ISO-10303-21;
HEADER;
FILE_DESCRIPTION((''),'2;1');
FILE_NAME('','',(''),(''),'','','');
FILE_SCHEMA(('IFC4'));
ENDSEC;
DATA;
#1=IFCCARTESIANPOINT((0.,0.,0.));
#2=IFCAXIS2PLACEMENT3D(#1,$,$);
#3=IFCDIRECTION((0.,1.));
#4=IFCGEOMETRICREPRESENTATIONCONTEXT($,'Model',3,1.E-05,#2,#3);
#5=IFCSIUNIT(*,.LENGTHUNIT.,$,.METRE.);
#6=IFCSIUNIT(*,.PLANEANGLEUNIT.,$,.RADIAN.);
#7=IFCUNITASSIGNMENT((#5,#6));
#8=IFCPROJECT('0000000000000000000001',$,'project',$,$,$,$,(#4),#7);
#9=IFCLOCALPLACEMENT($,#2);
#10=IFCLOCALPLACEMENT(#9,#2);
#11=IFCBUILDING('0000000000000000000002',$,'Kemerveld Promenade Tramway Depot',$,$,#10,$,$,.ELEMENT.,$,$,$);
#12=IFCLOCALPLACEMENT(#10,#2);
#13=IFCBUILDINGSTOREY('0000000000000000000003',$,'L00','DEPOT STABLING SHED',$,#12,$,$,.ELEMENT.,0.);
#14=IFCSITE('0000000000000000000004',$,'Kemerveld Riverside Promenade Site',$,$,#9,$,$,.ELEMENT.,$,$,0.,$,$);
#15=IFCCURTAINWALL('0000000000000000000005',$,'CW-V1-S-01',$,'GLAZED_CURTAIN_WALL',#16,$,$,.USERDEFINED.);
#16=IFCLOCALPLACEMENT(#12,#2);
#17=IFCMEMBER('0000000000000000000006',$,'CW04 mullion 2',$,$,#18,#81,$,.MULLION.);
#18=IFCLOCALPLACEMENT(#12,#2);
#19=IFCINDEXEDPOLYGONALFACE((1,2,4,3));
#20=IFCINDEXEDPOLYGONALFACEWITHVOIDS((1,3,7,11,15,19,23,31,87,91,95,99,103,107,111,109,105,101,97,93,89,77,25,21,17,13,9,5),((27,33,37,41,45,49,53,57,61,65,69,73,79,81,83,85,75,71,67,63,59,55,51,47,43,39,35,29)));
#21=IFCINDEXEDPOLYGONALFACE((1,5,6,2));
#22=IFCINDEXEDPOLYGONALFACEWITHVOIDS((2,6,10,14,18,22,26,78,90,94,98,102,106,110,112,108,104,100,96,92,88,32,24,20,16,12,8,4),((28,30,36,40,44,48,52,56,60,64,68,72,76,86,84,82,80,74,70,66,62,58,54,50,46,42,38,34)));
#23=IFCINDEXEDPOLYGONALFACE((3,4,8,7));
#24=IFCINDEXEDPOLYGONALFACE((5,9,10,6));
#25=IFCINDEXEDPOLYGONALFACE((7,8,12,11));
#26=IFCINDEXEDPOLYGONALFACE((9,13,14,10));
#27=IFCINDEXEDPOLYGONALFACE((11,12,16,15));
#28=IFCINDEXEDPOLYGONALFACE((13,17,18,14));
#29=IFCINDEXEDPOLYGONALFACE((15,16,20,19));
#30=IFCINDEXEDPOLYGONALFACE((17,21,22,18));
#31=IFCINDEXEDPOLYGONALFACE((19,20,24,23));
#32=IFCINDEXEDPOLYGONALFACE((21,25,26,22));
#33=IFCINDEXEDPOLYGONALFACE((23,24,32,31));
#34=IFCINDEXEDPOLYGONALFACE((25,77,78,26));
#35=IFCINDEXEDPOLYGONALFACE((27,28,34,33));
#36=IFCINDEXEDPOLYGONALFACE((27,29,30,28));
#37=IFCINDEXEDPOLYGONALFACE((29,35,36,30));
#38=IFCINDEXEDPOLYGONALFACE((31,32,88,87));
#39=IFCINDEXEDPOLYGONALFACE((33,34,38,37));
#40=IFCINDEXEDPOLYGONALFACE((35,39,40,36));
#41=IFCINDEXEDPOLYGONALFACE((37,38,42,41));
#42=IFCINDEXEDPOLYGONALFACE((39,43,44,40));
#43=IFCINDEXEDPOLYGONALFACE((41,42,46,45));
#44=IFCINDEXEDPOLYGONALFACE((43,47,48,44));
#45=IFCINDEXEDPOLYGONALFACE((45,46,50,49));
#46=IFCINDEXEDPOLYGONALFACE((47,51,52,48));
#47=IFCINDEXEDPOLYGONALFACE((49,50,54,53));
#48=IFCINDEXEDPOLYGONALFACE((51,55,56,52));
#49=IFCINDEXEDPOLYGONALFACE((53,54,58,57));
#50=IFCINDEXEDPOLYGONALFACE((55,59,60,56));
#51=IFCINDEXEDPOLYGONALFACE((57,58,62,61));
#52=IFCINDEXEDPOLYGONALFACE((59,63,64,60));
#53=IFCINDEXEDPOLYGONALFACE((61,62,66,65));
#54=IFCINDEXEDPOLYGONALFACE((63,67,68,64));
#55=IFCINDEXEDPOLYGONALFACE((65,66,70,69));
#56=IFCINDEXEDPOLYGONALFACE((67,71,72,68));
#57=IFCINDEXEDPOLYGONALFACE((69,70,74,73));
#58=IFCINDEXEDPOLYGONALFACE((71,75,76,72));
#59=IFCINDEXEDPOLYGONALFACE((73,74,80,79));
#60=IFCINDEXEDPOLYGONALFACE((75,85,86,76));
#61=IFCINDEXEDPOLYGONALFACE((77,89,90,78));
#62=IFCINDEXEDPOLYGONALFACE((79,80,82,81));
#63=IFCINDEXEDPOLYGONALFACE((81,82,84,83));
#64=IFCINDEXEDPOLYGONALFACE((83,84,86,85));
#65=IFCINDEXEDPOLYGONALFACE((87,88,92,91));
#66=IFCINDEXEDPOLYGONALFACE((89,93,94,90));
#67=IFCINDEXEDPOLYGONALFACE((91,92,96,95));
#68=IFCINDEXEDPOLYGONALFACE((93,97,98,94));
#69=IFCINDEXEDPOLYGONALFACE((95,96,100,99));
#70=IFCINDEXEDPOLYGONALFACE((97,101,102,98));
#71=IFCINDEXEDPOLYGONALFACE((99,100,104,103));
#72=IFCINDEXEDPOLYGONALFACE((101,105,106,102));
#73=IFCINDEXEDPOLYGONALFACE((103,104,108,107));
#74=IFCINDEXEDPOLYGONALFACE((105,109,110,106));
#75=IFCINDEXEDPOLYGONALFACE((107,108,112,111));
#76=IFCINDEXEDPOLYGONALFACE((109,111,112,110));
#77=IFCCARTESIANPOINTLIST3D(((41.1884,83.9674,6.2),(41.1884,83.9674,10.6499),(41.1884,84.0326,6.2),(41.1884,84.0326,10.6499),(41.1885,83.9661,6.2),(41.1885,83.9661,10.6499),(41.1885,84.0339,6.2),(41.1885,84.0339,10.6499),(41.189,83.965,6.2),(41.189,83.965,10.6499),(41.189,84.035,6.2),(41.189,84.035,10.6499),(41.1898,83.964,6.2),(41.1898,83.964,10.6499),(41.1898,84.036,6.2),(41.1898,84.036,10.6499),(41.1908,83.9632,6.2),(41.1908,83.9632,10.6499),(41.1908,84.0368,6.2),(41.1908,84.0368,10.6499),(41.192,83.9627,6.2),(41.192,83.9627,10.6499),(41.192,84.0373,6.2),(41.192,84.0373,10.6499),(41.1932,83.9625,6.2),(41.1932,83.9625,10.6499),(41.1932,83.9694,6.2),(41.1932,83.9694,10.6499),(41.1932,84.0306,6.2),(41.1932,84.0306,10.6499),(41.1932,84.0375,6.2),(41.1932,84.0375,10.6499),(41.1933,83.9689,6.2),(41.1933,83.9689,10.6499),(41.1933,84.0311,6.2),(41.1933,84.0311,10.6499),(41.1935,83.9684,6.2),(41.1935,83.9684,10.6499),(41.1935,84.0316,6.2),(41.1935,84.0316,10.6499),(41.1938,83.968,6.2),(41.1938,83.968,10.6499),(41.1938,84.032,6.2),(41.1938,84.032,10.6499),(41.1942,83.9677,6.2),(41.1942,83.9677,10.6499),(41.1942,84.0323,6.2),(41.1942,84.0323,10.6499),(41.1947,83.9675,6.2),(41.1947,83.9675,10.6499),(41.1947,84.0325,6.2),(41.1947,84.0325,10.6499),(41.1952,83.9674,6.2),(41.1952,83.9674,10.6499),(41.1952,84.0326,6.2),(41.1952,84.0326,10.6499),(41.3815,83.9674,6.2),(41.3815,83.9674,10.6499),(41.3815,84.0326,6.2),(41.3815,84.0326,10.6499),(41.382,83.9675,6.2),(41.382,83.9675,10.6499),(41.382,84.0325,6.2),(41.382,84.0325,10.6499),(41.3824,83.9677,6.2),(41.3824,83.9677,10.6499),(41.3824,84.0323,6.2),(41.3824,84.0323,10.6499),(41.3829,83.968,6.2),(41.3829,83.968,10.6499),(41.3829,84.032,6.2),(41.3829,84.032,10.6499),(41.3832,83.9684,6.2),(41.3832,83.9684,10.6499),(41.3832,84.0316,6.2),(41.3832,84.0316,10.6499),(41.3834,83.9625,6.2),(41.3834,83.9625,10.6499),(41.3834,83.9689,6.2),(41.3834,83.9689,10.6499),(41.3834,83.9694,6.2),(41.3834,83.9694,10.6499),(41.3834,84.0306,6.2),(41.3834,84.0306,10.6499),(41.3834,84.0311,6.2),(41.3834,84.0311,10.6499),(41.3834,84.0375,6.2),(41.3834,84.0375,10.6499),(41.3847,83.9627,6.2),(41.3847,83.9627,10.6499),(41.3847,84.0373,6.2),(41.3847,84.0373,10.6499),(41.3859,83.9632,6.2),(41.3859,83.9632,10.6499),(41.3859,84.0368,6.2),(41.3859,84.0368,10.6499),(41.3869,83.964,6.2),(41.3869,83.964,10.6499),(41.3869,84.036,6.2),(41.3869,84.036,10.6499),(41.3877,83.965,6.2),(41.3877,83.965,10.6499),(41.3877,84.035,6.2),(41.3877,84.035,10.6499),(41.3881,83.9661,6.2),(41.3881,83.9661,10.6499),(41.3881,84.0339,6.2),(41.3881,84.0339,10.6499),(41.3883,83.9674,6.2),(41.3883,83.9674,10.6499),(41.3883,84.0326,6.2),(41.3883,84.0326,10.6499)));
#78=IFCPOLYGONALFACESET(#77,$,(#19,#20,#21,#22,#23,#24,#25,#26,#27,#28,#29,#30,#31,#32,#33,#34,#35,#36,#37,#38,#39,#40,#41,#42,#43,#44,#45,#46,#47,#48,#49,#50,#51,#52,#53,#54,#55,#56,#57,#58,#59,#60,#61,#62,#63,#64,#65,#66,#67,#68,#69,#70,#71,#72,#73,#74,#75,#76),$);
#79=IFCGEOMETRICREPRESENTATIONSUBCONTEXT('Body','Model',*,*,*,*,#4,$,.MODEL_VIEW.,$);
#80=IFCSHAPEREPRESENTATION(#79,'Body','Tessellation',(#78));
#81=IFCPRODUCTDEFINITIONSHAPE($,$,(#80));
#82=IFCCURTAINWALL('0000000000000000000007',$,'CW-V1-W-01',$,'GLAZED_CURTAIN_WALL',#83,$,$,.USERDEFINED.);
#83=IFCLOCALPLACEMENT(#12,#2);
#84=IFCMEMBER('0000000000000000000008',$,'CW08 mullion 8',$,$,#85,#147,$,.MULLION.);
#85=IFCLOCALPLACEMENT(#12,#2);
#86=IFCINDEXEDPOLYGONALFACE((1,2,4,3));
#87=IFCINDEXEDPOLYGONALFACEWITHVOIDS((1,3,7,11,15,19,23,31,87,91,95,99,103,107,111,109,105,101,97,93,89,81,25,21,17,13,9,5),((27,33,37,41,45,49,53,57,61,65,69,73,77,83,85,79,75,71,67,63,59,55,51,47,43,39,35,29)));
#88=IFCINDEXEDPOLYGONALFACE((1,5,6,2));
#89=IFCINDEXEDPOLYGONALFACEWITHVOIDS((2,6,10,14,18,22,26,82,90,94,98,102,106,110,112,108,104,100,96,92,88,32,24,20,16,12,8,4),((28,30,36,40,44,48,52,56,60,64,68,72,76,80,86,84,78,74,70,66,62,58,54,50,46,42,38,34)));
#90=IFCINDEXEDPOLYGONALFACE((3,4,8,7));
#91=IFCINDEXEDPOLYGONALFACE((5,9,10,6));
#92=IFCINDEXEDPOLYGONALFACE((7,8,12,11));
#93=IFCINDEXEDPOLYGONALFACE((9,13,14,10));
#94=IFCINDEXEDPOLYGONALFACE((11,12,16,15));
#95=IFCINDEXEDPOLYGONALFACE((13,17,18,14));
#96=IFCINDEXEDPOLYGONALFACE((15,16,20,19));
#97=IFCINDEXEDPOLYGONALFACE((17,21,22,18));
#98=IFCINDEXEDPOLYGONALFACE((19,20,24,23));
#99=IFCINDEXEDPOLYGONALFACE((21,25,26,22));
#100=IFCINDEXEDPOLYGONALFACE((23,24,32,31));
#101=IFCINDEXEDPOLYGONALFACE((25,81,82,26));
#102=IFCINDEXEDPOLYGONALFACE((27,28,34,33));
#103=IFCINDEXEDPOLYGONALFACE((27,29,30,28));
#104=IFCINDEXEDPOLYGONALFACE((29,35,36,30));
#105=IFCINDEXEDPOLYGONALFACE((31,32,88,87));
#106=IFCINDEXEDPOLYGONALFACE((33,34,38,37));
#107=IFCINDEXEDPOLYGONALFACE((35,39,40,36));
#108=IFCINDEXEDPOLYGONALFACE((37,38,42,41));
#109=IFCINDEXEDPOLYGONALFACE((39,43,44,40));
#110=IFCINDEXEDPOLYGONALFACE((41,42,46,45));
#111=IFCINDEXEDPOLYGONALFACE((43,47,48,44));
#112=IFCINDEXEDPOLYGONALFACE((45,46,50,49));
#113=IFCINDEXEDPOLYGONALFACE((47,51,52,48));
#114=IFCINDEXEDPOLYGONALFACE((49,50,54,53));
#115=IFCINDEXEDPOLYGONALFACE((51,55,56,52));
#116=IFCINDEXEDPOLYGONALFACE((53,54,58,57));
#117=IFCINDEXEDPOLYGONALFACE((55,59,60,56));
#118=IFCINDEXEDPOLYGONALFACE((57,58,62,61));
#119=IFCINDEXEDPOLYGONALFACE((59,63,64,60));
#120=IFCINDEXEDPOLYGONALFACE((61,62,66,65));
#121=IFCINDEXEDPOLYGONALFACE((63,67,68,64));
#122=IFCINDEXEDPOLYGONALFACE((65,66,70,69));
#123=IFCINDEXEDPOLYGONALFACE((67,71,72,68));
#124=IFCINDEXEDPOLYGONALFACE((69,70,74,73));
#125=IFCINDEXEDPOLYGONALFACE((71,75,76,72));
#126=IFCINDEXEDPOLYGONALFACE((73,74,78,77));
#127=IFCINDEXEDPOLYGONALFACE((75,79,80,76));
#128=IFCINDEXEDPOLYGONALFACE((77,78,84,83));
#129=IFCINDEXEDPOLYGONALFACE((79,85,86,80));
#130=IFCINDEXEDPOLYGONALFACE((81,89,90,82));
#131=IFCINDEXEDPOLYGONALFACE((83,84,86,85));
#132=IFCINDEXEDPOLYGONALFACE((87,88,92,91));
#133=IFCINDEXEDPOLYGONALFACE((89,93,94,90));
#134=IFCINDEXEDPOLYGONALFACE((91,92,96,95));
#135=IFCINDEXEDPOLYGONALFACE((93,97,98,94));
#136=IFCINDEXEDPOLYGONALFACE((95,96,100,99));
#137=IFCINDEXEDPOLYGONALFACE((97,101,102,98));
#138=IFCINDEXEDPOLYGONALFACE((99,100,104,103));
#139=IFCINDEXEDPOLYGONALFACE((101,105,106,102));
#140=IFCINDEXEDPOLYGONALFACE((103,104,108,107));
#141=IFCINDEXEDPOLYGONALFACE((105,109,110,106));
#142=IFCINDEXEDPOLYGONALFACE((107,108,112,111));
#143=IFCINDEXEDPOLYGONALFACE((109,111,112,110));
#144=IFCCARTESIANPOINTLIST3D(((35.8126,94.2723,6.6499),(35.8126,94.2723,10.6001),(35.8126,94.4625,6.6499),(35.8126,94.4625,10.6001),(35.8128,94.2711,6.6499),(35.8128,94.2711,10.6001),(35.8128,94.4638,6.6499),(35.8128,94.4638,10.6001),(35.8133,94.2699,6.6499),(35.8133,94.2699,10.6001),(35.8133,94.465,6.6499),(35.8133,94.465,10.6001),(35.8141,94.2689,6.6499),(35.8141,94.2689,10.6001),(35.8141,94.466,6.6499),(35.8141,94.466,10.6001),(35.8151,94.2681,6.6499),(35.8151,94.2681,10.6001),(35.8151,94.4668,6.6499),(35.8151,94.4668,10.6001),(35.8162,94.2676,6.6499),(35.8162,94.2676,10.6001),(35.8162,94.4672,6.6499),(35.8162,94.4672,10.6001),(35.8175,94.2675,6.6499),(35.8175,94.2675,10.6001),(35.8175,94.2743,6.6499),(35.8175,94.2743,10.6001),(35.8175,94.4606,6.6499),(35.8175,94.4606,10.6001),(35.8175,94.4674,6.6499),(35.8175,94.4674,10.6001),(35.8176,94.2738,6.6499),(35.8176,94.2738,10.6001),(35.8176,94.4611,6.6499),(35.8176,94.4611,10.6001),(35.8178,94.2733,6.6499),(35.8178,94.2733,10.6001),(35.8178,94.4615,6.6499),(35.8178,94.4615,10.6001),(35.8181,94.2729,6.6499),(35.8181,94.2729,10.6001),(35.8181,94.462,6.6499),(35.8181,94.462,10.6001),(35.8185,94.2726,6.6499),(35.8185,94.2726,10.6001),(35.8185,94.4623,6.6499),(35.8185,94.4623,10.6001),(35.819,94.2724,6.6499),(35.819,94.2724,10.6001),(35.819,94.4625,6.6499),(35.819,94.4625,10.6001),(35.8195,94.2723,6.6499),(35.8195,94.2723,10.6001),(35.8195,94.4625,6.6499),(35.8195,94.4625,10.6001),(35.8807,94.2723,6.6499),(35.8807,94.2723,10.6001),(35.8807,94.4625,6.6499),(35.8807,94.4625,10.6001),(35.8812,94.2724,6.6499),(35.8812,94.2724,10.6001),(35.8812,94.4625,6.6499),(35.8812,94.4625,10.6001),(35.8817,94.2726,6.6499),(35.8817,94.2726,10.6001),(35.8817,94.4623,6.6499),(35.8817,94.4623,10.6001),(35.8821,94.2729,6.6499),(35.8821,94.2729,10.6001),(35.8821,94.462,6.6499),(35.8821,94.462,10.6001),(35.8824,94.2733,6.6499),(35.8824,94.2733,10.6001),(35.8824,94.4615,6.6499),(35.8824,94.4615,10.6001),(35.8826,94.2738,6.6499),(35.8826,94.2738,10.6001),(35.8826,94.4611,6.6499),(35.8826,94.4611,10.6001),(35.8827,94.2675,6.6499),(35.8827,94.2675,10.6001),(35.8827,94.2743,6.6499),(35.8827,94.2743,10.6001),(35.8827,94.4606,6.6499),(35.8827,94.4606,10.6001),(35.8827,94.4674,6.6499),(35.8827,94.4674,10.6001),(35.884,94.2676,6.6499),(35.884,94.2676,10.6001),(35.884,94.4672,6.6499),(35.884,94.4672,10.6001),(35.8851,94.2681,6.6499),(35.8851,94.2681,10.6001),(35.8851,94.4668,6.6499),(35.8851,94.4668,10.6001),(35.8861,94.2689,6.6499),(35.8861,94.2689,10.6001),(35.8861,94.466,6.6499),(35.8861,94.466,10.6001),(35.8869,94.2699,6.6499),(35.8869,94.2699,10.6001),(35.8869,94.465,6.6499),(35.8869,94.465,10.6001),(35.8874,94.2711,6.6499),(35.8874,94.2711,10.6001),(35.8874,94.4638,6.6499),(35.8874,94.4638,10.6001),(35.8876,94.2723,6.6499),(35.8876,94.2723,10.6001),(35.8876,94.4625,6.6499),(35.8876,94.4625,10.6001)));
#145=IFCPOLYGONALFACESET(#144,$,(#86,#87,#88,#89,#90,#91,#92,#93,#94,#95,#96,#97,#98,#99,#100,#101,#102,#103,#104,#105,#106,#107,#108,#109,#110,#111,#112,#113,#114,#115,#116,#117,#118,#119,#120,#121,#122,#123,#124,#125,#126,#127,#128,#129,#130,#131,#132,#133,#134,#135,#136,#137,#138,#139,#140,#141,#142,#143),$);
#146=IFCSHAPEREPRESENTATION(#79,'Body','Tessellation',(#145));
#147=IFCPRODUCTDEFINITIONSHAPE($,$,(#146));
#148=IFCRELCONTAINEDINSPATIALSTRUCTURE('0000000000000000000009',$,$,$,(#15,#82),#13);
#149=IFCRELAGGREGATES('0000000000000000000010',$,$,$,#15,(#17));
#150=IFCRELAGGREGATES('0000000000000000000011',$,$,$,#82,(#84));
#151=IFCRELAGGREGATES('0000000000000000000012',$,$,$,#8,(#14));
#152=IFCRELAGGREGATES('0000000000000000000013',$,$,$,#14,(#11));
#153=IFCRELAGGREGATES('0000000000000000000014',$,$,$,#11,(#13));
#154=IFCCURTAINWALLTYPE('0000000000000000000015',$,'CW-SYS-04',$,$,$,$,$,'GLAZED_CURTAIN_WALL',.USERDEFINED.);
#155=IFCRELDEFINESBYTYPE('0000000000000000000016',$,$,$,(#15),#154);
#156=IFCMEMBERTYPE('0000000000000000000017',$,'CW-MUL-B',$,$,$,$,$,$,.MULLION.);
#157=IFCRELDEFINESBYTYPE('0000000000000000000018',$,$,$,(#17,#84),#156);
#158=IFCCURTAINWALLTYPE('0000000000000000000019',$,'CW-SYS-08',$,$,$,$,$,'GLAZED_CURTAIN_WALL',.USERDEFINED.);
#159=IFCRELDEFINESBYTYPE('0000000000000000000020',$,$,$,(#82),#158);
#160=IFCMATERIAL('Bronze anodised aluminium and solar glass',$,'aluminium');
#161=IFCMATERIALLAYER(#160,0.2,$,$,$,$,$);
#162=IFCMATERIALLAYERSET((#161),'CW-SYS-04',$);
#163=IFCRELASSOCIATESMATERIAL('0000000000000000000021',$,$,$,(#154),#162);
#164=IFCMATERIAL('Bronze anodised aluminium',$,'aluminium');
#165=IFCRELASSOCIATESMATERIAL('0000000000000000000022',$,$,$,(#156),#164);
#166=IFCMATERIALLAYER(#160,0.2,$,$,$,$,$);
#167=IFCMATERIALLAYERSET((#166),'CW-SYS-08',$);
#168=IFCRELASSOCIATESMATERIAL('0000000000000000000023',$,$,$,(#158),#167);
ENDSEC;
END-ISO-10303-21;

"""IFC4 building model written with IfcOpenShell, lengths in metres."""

from ifc_helpers import new_model, si_unit, direction, frame, origin, origin_2d, place, context, subcontext, project, spatial, hollow_rectangle, extrude, material, layer, layer_set, material_profile, profile_set, type_object, element, aggregate, save


model = new_model("IFC4")

# Units and contexts
model_context = context("Model", 3, precision=1e-05, world=origin(), true_north=direction((0.0, 1.0)))
body_context = subcontext(model_context, "Body", "Model", "MODEL_VIEW")
ifc_project = project(units=[si_unit("LENGTHUNIT", "METRE"), si_unit("PLANEANGLEUNIT", "RADIAN")], contexts=[model_context])

# Site, building, storey
site_placement = place(None, origin())
site = spatial("IfcSite", under=ifc_project, at=site_placement, Name="Kemerveld Riverside Promenade Site", CompositionType="ELEMENT", RefElevation=0.0)
building_placement = place(site_placement, origin())
building = spatial("IfcBuilding", under=site, at=building_placement, Name="Kemerveld Promenade Tramway Depot", CompositionType="ELEMENT")
storey_placement = place(building_placement, origin())
storey = spatial("IfcBuildingStorey", under=building, at=storey_placement, Name="L00", Description="DEPOT STABLING SHED", CompositionType="ELEMENT", Elevation=0.0)

# Curtain walls, members
ifc_material_1 = material(Name="Bronze anodised aluminium and solar glass", Category="aluminium")
ifc_layer_1 = layer(ifc_material_1, 0.2)
ifc_layer_set_1 = layer_set([ifc_layer_1], Name="CW-SYS-04")
curtain_wall_type_1 = type_object("IfcCurtainWallType", Name="CW-SYS-04", ElementType="GLAZED_CURTAIN_WALL", PredefinedType="USERDEFINED", material=ifc_layer_set_1)
curtain_wall_1_placement = place(storey_placement, origin())
curtain_wall_1 = element("IfcCurtainWall", 1, at=curtain_wall_1_placement, inside=storey, type_object=curtain_wall_type_1, Name="CW-V1-S-01", ObjectType="GLAZED_CURTAIN_WALL", PredefinedType="USERDEFINED")
ifc_material_2 = material(Name="Bronze anodised aluminium", Category="aluminium")
ifc_material_profile_1 = material_profile(ifc_material_2, hollow_rectangle(XDim=0.075, YDim=0.2, WallThickness=0.0049, InnerFilletRadius=0.002, OuterFilletRadius=0.0049, at=origin_2d()), Name="CW-MUL-200x75")
ifc_profile_set_1 = profile_set([ifc_material_profile_1], Name="Bronze anodised aluminium")
member_type_1 = type_object("IfcMemberType", Name="CW-MUL-B", PredefinedType="MULLION", material=ifc_profile_set_1)
member_1_placement = place(storey_placement, frame((41.2883, 84.0, 6.2), z_axis=(0.0, 0.0, 1.0), x_axis=(0.0, -1.0, 0.0)))
member_1 = element("IfcMember", 2, at=member_1_placement, type_object=member_type_1, Name="CW04 mullion 2", PredefinedType="MULLION", context=body_context, shape_type="SweptSolid", body=[
    extrude(hollow_rectangle(XDim=0.075, YDim=0.2, WallThickness=0.0049, InnerFilletRadius=0.002, OuterFilletRadius=0.0049, at=origin_2d()), origin(), (0.0, 0.0, 1.0), 4.45),
])
ifc_layer_2 = layer(ifc_material_1, 0.2)
ifc_layer_set_2 = layer_set([ifc_layer_2], Name="CW-SYS-08")
curtain_wall_type_2 = type_object("IfcCurtainWallType", Name="CW-SYS-08", ElementType="GLAZED_CURTAIN_WALL", PredefinedType="USERDEFINED", material=ifc_layer_set_2)
curtain_wall_2_placement = place(storey_placement, origin())
curtain_wall_2 = element("IfcCurtainWall", 3, at=curtain_wall_2_placement, inside=storey, type_object=curtain_wall_type_2, Name="CW-V1-W-01", ObjectType="GLAZED_CURTAIN_WALL", PredefinedType="USERDEFINED")
member_2_placement = place(storey_placement, frame((35.8501, 94.3674, 6.6499), z_axis=(0.0, 0.0, 1.0), x_axis=(-1.0, 0.0, 0.0)))
member_2 = element("IfcMember", 4, at=member_2_placement, type_object=member_type_1, Name="CW08 mullion 8", PredefinedType="MULLION", context=body_context, shape_type="SweptSolid", body=[
    extrude(hollow_rectangle(XDim=0.075, YDim=0.2, WallThickness=0.0049, InnerFilletRadius=0.002, OuterFilletRadius=0.0049, at=origin_2d()), origin(), (0.0, 0.0, 1.0), 3.9502),
])

aggregate(curtain_wall_1, [member_1])
aggregate(curtain_wall_2, [member_2])

save(model, "model.ifc")
